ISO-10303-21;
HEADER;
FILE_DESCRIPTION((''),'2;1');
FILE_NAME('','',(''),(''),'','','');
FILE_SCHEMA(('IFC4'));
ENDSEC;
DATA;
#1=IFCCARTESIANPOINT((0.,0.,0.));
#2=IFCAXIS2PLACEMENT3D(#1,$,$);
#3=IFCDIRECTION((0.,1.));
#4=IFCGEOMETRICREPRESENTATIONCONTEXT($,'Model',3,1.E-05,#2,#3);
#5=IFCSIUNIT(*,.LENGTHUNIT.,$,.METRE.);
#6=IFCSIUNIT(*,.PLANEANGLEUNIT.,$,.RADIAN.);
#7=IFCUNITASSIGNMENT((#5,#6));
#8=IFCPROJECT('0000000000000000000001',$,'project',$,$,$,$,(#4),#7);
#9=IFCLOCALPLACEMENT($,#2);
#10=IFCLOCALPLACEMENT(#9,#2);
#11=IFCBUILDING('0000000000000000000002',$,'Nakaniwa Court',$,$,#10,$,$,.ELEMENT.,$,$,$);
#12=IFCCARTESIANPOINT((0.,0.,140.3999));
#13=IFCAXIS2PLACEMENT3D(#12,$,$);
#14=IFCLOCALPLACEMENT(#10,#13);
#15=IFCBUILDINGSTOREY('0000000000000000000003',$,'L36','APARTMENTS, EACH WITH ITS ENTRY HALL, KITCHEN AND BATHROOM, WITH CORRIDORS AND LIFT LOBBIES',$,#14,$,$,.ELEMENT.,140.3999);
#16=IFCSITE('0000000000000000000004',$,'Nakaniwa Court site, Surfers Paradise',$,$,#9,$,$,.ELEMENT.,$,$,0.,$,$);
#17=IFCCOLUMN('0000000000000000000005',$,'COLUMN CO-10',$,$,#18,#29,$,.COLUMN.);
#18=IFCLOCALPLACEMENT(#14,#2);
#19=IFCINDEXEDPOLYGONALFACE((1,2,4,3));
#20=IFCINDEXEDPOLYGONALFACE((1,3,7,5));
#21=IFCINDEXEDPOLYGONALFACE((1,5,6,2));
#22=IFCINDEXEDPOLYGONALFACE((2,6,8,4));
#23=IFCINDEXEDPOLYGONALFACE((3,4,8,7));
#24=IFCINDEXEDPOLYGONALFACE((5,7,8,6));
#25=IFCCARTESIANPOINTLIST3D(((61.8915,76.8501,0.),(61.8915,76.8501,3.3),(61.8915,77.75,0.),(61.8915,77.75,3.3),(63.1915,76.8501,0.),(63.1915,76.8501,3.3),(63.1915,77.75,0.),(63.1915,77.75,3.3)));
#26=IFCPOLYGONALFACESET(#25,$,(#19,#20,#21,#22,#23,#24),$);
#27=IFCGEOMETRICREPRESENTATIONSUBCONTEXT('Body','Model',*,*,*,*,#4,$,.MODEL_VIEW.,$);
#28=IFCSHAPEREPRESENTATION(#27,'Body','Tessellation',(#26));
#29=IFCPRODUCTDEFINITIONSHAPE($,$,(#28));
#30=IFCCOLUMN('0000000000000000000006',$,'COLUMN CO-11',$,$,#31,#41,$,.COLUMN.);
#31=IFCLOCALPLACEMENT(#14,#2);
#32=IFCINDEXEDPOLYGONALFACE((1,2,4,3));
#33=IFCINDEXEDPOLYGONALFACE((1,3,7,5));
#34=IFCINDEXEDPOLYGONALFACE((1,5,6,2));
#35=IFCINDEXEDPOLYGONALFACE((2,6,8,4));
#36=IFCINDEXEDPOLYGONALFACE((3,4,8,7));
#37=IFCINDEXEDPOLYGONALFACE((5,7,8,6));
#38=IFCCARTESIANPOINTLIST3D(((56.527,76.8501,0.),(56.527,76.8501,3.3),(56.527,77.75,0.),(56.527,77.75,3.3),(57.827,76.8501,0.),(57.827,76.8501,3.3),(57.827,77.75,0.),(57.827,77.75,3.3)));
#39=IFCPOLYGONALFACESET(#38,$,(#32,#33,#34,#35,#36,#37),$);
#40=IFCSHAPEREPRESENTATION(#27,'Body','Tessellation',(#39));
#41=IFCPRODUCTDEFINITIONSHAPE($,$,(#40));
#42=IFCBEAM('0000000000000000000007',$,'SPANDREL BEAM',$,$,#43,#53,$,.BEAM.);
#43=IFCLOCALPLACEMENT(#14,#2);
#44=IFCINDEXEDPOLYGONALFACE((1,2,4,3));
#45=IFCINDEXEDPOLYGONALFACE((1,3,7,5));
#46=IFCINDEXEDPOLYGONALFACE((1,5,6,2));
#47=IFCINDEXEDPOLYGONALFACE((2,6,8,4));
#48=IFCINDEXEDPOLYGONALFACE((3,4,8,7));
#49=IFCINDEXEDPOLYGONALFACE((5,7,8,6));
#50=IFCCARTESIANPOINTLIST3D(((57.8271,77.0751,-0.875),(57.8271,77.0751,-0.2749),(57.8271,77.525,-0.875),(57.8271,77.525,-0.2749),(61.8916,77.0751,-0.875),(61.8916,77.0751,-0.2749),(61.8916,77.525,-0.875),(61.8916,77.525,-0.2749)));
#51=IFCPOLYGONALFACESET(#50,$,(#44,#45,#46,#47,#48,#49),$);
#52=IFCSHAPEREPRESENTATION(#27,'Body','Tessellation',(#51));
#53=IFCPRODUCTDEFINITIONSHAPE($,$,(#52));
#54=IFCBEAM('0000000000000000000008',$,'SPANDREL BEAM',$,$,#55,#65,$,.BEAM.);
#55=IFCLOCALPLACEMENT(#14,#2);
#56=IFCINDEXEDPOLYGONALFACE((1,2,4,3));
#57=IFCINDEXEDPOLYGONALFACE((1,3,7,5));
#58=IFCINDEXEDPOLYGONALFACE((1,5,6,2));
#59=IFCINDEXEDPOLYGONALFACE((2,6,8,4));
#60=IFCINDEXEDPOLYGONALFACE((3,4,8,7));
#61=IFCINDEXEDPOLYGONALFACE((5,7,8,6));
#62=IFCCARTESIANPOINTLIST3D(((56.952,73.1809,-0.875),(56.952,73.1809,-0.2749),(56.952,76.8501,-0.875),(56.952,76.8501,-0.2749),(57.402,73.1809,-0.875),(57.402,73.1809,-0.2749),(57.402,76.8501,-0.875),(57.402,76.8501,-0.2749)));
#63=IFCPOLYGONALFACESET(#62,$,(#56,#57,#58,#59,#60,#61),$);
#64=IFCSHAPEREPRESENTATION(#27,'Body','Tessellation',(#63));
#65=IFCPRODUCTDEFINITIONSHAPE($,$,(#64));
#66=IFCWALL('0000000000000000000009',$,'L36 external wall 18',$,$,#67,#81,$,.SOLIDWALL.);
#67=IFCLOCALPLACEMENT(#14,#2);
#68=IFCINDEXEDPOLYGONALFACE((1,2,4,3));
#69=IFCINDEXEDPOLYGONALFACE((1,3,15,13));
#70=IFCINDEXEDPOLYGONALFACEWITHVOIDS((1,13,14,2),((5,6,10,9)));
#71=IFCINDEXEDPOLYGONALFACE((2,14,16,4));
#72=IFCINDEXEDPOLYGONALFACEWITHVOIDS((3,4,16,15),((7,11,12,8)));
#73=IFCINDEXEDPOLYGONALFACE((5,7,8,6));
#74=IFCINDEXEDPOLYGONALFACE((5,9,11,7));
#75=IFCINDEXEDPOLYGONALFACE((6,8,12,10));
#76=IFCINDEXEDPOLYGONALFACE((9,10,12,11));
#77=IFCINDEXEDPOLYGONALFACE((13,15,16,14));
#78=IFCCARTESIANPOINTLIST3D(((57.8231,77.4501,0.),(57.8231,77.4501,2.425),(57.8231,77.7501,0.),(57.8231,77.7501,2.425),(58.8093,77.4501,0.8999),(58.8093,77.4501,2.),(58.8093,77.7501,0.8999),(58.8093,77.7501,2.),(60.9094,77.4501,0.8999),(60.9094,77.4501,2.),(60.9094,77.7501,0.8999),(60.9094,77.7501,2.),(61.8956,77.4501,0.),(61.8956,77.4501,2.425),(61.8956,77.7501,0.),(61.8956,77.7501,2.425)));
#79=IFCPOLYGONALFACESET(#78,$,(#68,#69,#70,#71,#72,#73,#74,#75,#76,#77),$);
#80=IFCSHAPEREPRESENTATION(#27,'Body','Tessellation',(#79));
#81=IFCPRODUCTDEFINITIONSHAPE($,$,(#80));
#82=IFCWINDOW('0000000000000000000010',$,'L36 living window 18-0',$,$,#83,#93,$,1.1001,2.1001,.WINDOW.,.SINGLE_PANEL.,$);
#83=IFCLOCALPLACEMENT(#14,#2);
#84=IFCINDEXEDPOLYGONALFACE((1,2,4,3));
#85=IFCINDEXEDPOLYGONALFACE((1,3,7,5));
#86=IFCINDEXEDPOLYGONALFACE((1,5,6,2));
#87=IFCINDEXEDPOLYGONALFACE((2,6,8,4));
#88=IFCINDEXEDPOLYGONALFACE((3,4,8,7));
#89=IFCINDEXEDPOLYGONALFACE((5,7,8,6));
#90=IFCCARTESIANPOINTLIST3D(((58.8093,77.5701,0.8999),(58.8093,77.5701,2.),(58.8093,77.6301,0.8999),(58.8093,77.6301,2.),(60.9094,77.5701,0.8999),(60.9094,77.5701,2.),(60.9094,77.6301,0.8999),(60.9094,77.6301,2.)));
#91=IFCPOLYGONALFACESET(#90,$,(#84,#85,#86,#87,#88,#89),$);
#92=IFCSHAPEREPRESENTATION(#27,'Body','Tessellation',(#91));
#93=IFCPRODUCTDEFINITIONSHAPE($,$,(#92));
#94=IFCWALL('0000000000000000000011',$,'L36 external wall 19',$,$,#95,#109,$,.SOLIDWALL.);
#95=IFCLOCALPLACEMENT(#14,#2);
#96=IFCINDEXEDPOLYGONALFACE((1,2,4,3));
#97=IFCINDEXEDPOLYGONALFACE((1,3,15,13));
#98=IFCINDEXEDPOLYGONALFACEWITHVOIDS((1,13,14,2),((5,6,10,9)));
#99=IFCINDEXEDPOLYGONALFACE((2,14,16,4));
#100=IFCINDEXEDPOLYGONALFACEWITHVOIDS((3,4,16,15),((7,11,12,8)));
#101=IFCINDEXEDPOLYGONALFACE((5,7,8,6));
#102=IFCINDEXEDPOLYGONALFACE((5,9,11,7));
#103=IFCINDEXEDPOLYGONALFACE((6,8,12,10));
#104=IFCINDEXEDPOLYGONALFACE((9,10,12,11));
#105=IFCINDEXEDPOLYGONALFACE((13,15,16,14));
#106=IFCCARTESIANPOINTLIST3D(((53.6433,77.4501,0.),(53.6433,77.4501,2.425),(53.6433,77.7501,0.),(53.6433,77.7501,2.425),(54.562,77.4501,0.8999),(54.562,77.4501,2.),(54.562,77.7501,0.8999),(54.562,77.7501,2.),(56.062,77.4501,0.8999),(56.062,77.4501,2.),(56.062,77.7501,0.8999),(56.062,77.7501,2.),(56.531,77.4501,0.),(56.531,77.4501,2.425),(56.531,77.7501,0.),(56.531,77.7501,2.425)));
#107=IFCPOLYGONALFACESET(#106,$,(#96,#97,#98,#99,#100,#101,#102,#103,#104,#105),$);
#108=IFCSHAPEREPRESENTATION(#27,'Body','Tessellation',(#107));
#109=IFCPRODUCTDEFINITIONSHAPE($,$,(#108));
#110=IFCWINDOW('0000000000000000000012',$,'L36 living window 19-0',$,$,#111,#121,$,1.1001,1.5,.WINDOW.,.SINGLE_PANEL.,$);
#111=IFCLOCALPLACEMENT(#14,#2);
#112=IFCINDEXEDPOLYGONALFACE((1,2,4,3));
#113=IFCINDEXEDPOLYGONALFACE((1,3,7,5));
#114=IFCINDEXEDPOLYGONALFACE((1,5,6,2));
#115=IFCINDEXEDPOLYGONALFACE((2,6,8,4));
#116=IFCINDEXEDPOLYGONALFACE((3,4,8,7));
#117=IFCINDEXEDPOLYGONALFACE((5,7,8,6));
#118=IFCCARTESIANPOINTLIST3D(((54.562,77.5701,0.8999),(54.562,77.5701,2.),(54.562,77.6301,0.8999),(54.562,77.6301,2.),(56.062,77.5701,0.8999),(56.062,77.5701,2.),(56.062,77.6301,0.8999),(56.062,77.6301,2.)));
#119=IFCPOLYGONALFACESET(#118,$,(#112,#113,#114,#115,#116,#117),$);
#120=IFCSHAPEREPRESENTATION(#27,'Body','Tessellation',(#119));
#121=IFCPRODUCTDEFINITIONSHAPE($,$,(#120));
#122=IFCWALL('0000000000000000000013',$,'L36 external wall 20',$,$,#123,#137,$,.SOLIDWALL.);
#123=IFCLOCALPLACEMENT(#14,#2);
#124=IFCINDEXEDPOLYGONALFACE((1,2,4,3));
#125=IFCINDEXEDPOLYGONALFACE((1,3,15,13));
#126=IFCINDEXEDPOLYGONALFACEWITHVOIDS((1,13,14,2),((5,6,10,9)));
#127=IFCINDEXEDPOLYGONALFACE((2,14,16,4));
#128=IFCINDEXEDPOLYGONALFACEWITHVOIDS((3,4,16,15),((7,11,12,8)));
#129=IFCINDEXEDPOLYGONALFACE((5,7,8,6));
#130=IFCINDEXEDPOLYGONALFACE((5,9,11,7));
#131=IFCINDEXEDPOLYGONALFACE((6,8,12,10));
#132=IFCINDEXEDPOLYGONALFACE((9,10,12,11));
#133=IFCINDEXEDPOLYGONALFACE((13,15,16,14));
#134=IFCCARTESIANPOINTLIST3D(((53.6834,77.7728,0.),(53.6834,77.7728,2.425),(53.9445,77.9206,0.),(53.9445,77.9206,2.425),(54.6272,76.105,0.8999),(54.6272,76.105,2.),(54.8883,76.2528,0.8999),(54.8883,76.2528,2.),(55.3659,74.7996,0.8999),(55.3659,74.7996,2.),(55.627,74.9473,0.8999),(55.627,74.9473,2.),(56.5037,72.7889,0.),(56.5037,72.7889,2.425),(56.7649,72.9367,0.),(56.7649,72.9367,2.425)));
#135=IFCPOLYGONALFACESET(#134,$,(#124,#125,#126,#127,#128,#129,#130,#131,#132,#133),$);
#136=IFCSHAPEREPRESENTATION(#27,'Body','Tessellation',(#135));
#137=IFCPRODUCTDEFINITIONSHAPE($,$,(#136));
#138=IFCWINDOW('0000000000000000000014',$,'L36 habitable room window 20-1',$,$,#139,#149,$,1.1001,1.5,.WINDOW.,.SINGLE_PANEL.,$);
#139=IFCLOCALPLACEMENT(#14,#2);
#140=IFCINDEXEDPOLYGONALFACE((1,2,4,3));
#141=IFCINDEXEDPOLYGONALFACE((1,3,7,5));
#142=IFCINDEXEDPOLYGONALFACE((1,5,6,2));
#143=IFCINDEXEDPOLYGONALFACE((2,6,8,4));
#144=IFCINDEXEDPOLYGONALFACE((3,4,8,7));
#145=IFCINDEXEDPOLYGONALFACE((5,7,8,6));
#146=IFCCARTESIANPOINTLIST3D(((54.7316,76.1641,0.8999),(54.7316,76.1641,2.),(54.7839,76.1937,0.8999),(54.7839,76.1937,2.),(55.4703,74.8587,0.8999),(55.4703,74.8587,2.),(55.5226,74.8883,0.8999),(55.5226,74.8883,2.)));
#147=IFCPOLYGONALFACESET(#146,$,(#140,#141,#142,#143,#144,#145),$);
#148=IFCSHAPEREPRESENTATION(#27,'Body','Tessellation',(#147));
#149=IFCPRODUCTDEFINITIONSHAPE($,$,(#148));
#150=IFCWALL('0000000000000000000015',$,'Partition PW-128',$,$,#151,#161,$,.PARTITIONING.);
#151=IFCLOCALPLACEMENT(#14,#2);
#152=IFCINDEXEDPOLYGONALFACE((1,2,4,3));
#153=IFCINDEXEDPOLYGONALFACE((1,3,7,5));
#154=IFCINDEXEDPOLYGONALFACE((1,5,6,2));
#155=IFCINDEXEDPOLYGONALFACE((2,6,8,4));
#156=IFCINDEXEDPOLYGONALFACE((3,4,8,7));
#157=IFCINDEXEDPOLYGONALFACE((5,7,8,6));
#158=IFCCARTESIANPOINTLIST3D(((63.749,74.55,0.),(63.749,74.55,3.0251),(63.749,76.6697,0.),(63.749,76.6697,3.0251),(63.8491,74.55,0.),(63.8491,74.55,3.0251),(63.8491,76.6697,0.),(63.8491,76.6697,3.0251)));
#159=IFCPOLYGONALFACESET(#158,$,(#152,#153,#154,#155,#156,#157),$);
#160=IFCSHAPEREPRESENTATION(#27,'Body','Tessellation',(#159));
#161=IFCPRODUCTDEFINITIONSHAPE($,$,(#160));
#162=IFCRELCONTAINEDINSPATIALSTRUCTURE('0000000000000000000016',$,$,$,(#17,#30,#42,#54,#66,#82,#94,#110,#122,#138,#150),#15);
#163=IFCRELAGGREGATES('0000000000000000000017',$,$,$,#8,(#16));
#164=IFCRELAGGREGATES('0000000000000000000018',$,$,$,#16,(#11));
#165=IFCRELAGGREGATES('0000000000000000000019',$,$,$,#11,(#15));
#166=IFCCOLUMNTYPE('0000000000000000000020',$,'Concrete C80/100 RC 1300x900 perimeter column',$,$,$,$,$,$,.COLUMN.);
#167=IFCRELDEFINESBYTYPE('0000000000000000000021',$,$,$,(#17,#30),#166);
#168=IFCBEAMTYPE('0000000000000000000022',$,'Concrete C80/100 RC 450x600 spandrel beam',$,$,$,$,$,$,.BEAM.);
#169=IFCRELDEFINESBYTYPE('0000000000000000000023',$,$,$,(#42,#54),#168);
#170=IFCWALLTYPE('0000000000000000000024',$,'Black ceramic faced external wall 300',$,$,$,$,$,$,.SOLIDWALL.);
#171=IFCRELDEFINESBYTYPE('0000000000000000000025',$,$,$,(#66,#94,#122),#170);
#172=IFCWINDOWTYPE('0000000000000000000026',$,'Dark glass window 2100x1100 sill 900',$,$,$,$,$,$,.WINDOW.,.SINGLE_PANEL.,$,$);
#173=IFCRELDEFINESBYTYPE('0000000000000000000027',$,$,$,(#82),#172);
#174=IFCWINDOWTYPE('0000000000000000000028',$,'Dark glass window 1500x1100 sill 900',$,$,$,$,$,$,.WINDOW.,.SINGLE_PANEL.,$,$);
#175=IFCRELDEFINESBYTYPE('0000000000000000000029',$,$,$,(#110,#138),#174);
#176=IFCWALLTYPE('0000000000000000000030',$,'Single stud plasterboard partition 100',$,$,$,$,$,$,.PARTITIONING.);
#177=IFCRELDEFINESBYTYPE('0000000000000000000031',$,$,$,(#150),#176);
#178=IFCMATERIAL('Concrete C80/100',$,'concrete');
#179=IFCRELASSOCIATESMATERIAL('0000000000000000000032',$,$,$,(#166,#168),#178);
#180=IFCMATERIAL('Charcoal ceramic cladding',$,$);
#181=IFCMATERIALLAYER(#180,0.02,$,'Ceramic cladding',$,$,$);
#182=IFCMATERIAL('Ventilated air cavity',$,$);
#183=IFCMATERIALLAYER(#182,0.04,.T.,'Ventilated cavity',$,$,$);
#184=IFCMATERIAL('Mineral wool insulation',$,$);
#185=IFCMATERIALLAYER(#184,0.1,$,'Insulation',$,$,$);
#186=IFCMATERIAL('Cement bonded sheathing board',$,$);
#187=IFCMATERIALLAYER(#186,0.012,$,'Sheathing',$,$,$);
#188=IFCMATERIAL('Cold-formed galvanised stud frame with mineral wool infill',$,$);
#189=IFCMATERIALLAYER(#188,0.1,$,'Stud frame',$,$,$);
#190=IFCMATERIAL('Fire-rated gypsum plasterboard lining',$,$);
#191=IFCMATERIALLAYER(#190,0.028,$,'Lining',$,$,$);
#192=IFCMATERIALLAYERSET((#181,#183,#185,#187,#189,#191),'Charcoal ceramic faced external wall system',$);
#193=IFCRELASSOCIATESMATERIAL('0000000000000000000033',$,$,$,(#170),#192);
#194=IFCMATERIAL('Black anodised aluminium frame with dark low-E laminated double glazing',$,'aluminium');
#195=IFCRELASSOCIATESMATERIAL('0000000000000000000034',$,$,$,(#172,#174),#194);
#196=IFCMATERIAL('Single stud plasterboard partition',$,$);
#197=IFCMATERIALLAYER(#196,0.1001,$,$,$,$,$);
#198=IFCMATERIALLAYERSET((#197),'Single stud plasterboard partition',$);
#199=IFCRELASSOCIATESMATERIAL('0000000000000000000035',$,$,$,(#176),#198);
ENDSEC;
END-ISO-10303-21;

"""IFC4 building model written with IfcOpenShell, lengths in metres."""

from ifc_helpers import new_model, si_unit, direction, frame, frame_2d, origin, origin_2d, place, context, subcontext, project, spatial, rectangle, extrude, material, layer, layer_set, material_profile, profile_set, type_object, element, fill, save


model = new_model("IFC4")

# Units and contexts
model_context = context("Model", 3, precision=1e-05, world=origin(), true_north=direction((0.0, 1.0)))
body_context = subcontext(model_context, "Body", "Model", "MODEL_VIEW")
ifc_project = project(units=[si_unit("LENGTHUNIT", "METRE"), si_unit("PLANEANGLEUNIT", "RADIAN")], contexts=[model_context])

# Site, building, storey
site_placement = place(None, origin())
site = spatial("IfcSite", under=ifc_project, at=site_placement, Name="Nakaniwa Court site, Surfers Paradise", CompositionType="ELEMENT", RefElevation=0.0)
building_placement = place(site_placement, origin())
building = spatial("IfcBuilding", under=site, at=building_placement, Name="Nakaniwa Court", CompositionType="ELEMENT")
storey_placement = place(building_placement, frame((0.0, 0.0, 140.3999)))
storey = spatial("IfcBuildingStorey", under=building, at=storey_placement, Name="L36", Description="APARTMENTS, EACH WITH ITS ENTRY HALL, KITCHEN AND BATHROOM, WITH CORRIDORS AND LIFT LOBBIES", CompositionType="ELEMENT", Elevation=140.3999)

# Columns
ifc_material_1 = material(Name="Concrete C80/100", Category="concrete")
ifc_material_profile_1 = material_profile(ifc_material_1, rectangle(XDim=1.3, YDim=0.8999, at=origin_2d()), Name="Concrete C80/100 RC 1300x900 perimeter column")
ifc_profile_set_1 = profile_set([ifc_material_profile_1], Name="Concrete C80/100")
column_type = type_object("IfcColumnType", Name="Concrete C80/100 RC 1300x900 perimeter column", PredefinedType="COLUMN", material=ifc_profile_set_1)
for number, where, z_axis, x_axis, name in (
    (1, (62.5415, 77.3, 0.0), (0.0, 0.0, 1.0), (-1.0, 0.0, 0.0), "COLUMN CO-10"),
    (2, (57.177, 77.3, 0.0), (0.0, 0.0, 1.0), (-1.0, 0.0, 0.0), "COLUMN CO-11"),
):
    element("IfcColumn", number, at=place(storey_placement, frame(where, z_axis=z_axis, x_axis=x_axis)), inside=storey, type_object=column_type, Name=name, PredefinedType="COLUMN", context=body_context, shape_type="SweptSolid", body=[
        extrude(rectangle(XDim=1.3, YDim=0.8999, at=origin_2d()), origin(), (0.0, 0.0, 1.0), 3.3),
    ])

# Beams
ifc_material_profile_2 = material_profile(ifc_material_1, rectangle(XDim=0.45, YDim=0.6001, at=origin_2d()), Name="Concrete C80/100 RC 450x600 spandrel beam")
ifc_profile_set_2 = profile_set([ifc_material_profile_2], Name="Concrete C80/100")
beam_type = type_object("IfcBeamType", Name="Concrete C80/100 RC 450x600 spandrel beam", PredefinedType="BEAM", material=ifc_profile_set_2)
beam_1_placement = place(storey_placement, frame((61.8916, 77.3, -0.575), z_axis=(-1.0, 0.0, 0.0), x_axis=(0.0, -1.0, 0.0)))
element("IfcBeam", 3, at=beam_1_placement, inside=storey, type_object=beam_type, Name="SPANDREL BEAM", PredefinedType="BEAM", context=body_context, shape_type="SweptSolid", body=[
    extrude(rectangle(XDim=0.45, YDim=0.6001, at=origin_2d()), origin(), (0.0, 0.0, 1.0), 4.0645),
])
beam_2_placement = place(storey_placement, frame((57.177, 76.8501, -0.575), z_axis=(0.0, -1.0, 0.0), x_axis=(1.0, 0.0, 0.0)))
element("IfcBeam", 4, at=beam_2_placement, inside=storey, type_object=beam_type, Name="SPANDREL BEAM", PredefinedType="BEAM", context=body_context, shape_type="SweptSolid", body=[
    extrude(rectangle(XDim=0.45, YDim=0.6001, at=origin_2d()), origin(), (0.0, 0.0, 1.0), 3.6692),
])

# Walls, openings, windows
ifc_material_2 = material(Name="Charcoal ceramic cladding")
ifc_layer_1 = layer(ifc_material_2, 0.02, Name="Ceramic cladding")
ifc_material_3 = material(Name="Ventilated air cavity")
ifc_layer_2 = layer(ifc_material_3, 0.04, ventilated=True, Name="Ventilated cavity")
ifc_material_4 = material(Name="Mineral wool insulation")
ifc_layer_3 = layer(ifc_material_4, 0.1, Name="Insulation")
ifc_material_5 = material(Name="Cement bonded sheathing board")
ifc_layer_4 = layer(ifc_material_5, 0.012, Name="Sheathing")
ifc_material_6 = material(Name="Cold-formed galvanised stud frame with mineral wool infill")
ifc_layer_5 = layer(ifc_material_6, 0.1, Name="Stud frame")
ifc_material_7 = material(Name="Fire-rated gypsum plasterboard lining")
ifc_layer_6 = layer(ifc_material_7, 0.028, Name="Lining")
ifc_layer_set_1 = layer_set([ifc_layer_1, ifc_layer_2, ifc_layer_3, ifc_layer_4, ifc_layer_5, ifc_layer_6], Name="Charcoal ceramic faced external wall system")
wall_type_1 = type_object("IfcWallType", Name="Black ceramic faced external wall 300", PredefinedType="SOLIDWALL", material=ifc_layer_set_1)
wall_1_placement = place(storey_placement, frame((61.8955, 77.6001, 0.0), z_axis=(0.0, 0.0, 1.0), x_axis=(-1.0, 0.0, 0.0)))
wall_1 = element("IfcWall", 5, at=wall_1_placement, inside=storey, type_object=wall_type_1, Name="L36 external wall 18", PredefinedType="SOLIDWALL", context=body_context, shape_type="SweptSolid", body=[
    extrude(rectangle(XDim=4.0725, YDim=0.3, at=frame_2d((2.0361, 0.0))), origin(), (0.0, 0.0, 1.0), 2.425),
])
opening_1_placement = place(wall_1_placement, frame((0.9861, 0.0, 0.8999)))
opening_1 = element("IfcOpeningElement", 6, at=opening_1_placement, cuts=wall_1, PredefinedType="OPENING", context=body_context, shape_type="SweptSolid", body=[
    extrude(rectangle(XDim=2.1001, YDim=1.1001, at=frame_2d((1.05, 0.55))), frame((0.0, 0.1599, 0.0), z_axis=(0.0, -1.0, 0.0), x_axis=(1.0, 0.0, 0.0)), (0.0, 0.0, 1.0), 0.3201),
])
ifc_material_8 = material(Name="Black anodised aluminium frame with dark low-E laminated double glazing", Category="aluminium")
window_type_1 = type_object("IfcWindowType", Name="Dark glass window 2100x1100 sill 900", PartitioningType="SINGLE_PANEL", PredefinedType="WINDOW", material=ifc_material_8)
window_1_placement = place(opening_1_placement, origin())
window_1 = element("IfcWindow", 7, at=window_1_placement, inside=storey, type_object=window_type_1, Name="L36 living window 18-0", OverallHeight=1.1001, OverallWidth=2.1001, PartitioningType="SINGLE_PANEL", PredefinedType="WINDOW", context=body_context, shape_type="SweptSolid", body=[
    extrude(rectangle(XDim=2.1001, YDim=1.1001, at=frame_2d((1.05, 0.55))), frame((0.0, 0.03, 0.0), z_axis=(0.0, -1.0, 0.0), x_axis=(1.0, 0.0, 0.0)), (0.0, 0.0, 1.0), 0.0601),
])
fill(opening_1, window_1)
wall_2_placement = place(storey_placement, frame((56.531, 77.6001, 0.0), z_axis=(0.0, 0.0, 1.0), x_axis=(-1.0, 0.0, 0.0)))
wall_2 = element("IfcWall", 8, at=wall_2_placement, inside=storey, type_object=wall_type_1, Name="L36 external wall 19", PredefinedType="SOLIDWALL", context=body_context, shape_type="SweptSolid", body=[
    extrude(rectangle(XDim=2.8877, YDim=0.3, at=frame_2d((1.4438, 0.0))), origin(), (0.0, 0.0, 1.0), 2.425),
])
opening_2_placement = place(wall_2_placement, frame((0.469, 0.0, 0.8999)))
opening_2 = element("IfcOpeningElement", 9, at=opening_2_placement, cuts=wall_2, PredefinedType="OPENING", context=body_context, shape_type="SweptSolid", body=[
    extrude(rectangle(XDim=1.5, YDim=1.1001, at=frame_2d((0.75, 0.55))), frame((0.0, 0.1599, 0.0), z_axis=(0.0, -1.0, 0.0), x_axis=(1.0, 0.0, 0.0)), (0.0, 0.0, 1.0), 0.3201),
])
window_type_2 = type_object("IfcWindowType", Name="Dark glass window 1500x1100 sill 900", PartitioningType="SINGLE_PANEL", PredefinedType="WINDOW", material=ifc_material_8)
window_2_placement = place(opening_2_placement, origin())
window_2 = element("IfcWindow", 10, at=window_2_placement, inside=storey, type_object=window_type_2, Name="L36 living window 19-0", OverallHeight=1.1001, OverallWidth=1.5, PartitioningType="SINGLE_PANEL", PredefinedType="WINDOW", context=body_context, shape_type="SweptSolid", body=[
    extrude(rectangle(XDim=1.5, YDim=1.1001, at=frame_2d((0.75, 0.55))), frame((0.0, 0.03, 0.0), z_axis=(0.0, -1.0, 0.0), x_axis=(1.0, 0.0, 0.0)), (0.0, 0.0, 1.0), 0.0601),
])
fill(opening_2, window_2)
wall_3_placement = place(storey_placement, frame((53.814, 77.8467, 0.0), z_axis=(0.0, 0.0, 1.0), x_axis=(0.492498, -0.870313, 0.0)))
wall_3 = element("IfcWall", 11, at=wall_3_placement, inside=storey, type_object=wall_type_1, Name="L36 external wall 20", PredefinedType="SOLIDWALL", context=body_context, shape_type="SweptSolid", body=[
    extrude(rectangle(XDim=5.7266, YDim=0.3, at=frame_2d((2.8633, 0.0))), origin(), (0.0, 0.0, 1.0), 2.425),
])
opening_3_placement = place(wall_3_placement, frame((1.9163, 0.0, 0.8999)))
opening_3 = element("IfcOpeningElement", 12, at=opening_3_placement, cuts=wall_3, PredefinedType="OPENING", context=body_context, shape_type="SweptSolid", body=[
    extrude(rectangle(XDim=1.5, YDim=1.1001, at=frame_2d((0.75, 0.55))), frame((0.0, 0.1599, 0.0), z_axis=(0.0, -1.0, 0.0), x_axis=(1.0, 0.0, 0.0)), (0.0, 0.0, 1.0), 0.3201),
])
window_3_placement = place(opening_3_placement, origin())
window_3 = element("IfcWindow", 13, at=window_3_placement, inside=storey, type_object=window_type_2, Name="L36 habitable room window 20-1", OverallHeight=1.1001, OverallWidth=1.5, PartitioningType="SINGLE_PANEL", PredefinedType="WINDOW", context=body_context, shape_type="SweptSolid", body=[
    extrude(rectangle(XDim=1.5, YDim=1.1001, at=frame_2d((0.75, 0.55))), frame((0.0, 0.03, 0.0), z_axis=(0.0, -1.0, 0.0), x_axis=(1.0, 0.0, 0.0)), (0.0, 0.0, 1.0), 0.0601),
])
fill(opening_3, window_3)

# Wall
ifc_material_9 = material(Name="Single stud plasterboard partition")
ifc_layer_7 = layer(ifc_material_9, 0.1001)
ifc_layer_set_2 = layer_set([ifc_layer_7], Name="Single stud plasterboard partition")
wall_type_2 = type_object("IfcWallType", Name="Single stud plasterboard partition 100", PredefinedType="PARTITIONING", material=ifc_layer_set_2)
wall_4_placement = place(storey_placement, frame((63.7991, 74.55, 0.0), z_axis=(0.0, 0.0, 1.0), x_axis=(0.0, 1.0, 0.0)))
element("IfcWall", 14, at=wall_4_placement, inside=storey, type_object=wall_type_2, Name="Partition PW-128", PredefinedType="PARTITIONING", context=body_context, shape_type="SweptSolid", body=[
    extrude(rectangle(XDim=2.1196, YDim=0.1001, at=frame_2d((1.0598, 0.0))), origin(), (0.0, 0.0, 1.0), 3.0251),
])

save(model, "model.ifc")
